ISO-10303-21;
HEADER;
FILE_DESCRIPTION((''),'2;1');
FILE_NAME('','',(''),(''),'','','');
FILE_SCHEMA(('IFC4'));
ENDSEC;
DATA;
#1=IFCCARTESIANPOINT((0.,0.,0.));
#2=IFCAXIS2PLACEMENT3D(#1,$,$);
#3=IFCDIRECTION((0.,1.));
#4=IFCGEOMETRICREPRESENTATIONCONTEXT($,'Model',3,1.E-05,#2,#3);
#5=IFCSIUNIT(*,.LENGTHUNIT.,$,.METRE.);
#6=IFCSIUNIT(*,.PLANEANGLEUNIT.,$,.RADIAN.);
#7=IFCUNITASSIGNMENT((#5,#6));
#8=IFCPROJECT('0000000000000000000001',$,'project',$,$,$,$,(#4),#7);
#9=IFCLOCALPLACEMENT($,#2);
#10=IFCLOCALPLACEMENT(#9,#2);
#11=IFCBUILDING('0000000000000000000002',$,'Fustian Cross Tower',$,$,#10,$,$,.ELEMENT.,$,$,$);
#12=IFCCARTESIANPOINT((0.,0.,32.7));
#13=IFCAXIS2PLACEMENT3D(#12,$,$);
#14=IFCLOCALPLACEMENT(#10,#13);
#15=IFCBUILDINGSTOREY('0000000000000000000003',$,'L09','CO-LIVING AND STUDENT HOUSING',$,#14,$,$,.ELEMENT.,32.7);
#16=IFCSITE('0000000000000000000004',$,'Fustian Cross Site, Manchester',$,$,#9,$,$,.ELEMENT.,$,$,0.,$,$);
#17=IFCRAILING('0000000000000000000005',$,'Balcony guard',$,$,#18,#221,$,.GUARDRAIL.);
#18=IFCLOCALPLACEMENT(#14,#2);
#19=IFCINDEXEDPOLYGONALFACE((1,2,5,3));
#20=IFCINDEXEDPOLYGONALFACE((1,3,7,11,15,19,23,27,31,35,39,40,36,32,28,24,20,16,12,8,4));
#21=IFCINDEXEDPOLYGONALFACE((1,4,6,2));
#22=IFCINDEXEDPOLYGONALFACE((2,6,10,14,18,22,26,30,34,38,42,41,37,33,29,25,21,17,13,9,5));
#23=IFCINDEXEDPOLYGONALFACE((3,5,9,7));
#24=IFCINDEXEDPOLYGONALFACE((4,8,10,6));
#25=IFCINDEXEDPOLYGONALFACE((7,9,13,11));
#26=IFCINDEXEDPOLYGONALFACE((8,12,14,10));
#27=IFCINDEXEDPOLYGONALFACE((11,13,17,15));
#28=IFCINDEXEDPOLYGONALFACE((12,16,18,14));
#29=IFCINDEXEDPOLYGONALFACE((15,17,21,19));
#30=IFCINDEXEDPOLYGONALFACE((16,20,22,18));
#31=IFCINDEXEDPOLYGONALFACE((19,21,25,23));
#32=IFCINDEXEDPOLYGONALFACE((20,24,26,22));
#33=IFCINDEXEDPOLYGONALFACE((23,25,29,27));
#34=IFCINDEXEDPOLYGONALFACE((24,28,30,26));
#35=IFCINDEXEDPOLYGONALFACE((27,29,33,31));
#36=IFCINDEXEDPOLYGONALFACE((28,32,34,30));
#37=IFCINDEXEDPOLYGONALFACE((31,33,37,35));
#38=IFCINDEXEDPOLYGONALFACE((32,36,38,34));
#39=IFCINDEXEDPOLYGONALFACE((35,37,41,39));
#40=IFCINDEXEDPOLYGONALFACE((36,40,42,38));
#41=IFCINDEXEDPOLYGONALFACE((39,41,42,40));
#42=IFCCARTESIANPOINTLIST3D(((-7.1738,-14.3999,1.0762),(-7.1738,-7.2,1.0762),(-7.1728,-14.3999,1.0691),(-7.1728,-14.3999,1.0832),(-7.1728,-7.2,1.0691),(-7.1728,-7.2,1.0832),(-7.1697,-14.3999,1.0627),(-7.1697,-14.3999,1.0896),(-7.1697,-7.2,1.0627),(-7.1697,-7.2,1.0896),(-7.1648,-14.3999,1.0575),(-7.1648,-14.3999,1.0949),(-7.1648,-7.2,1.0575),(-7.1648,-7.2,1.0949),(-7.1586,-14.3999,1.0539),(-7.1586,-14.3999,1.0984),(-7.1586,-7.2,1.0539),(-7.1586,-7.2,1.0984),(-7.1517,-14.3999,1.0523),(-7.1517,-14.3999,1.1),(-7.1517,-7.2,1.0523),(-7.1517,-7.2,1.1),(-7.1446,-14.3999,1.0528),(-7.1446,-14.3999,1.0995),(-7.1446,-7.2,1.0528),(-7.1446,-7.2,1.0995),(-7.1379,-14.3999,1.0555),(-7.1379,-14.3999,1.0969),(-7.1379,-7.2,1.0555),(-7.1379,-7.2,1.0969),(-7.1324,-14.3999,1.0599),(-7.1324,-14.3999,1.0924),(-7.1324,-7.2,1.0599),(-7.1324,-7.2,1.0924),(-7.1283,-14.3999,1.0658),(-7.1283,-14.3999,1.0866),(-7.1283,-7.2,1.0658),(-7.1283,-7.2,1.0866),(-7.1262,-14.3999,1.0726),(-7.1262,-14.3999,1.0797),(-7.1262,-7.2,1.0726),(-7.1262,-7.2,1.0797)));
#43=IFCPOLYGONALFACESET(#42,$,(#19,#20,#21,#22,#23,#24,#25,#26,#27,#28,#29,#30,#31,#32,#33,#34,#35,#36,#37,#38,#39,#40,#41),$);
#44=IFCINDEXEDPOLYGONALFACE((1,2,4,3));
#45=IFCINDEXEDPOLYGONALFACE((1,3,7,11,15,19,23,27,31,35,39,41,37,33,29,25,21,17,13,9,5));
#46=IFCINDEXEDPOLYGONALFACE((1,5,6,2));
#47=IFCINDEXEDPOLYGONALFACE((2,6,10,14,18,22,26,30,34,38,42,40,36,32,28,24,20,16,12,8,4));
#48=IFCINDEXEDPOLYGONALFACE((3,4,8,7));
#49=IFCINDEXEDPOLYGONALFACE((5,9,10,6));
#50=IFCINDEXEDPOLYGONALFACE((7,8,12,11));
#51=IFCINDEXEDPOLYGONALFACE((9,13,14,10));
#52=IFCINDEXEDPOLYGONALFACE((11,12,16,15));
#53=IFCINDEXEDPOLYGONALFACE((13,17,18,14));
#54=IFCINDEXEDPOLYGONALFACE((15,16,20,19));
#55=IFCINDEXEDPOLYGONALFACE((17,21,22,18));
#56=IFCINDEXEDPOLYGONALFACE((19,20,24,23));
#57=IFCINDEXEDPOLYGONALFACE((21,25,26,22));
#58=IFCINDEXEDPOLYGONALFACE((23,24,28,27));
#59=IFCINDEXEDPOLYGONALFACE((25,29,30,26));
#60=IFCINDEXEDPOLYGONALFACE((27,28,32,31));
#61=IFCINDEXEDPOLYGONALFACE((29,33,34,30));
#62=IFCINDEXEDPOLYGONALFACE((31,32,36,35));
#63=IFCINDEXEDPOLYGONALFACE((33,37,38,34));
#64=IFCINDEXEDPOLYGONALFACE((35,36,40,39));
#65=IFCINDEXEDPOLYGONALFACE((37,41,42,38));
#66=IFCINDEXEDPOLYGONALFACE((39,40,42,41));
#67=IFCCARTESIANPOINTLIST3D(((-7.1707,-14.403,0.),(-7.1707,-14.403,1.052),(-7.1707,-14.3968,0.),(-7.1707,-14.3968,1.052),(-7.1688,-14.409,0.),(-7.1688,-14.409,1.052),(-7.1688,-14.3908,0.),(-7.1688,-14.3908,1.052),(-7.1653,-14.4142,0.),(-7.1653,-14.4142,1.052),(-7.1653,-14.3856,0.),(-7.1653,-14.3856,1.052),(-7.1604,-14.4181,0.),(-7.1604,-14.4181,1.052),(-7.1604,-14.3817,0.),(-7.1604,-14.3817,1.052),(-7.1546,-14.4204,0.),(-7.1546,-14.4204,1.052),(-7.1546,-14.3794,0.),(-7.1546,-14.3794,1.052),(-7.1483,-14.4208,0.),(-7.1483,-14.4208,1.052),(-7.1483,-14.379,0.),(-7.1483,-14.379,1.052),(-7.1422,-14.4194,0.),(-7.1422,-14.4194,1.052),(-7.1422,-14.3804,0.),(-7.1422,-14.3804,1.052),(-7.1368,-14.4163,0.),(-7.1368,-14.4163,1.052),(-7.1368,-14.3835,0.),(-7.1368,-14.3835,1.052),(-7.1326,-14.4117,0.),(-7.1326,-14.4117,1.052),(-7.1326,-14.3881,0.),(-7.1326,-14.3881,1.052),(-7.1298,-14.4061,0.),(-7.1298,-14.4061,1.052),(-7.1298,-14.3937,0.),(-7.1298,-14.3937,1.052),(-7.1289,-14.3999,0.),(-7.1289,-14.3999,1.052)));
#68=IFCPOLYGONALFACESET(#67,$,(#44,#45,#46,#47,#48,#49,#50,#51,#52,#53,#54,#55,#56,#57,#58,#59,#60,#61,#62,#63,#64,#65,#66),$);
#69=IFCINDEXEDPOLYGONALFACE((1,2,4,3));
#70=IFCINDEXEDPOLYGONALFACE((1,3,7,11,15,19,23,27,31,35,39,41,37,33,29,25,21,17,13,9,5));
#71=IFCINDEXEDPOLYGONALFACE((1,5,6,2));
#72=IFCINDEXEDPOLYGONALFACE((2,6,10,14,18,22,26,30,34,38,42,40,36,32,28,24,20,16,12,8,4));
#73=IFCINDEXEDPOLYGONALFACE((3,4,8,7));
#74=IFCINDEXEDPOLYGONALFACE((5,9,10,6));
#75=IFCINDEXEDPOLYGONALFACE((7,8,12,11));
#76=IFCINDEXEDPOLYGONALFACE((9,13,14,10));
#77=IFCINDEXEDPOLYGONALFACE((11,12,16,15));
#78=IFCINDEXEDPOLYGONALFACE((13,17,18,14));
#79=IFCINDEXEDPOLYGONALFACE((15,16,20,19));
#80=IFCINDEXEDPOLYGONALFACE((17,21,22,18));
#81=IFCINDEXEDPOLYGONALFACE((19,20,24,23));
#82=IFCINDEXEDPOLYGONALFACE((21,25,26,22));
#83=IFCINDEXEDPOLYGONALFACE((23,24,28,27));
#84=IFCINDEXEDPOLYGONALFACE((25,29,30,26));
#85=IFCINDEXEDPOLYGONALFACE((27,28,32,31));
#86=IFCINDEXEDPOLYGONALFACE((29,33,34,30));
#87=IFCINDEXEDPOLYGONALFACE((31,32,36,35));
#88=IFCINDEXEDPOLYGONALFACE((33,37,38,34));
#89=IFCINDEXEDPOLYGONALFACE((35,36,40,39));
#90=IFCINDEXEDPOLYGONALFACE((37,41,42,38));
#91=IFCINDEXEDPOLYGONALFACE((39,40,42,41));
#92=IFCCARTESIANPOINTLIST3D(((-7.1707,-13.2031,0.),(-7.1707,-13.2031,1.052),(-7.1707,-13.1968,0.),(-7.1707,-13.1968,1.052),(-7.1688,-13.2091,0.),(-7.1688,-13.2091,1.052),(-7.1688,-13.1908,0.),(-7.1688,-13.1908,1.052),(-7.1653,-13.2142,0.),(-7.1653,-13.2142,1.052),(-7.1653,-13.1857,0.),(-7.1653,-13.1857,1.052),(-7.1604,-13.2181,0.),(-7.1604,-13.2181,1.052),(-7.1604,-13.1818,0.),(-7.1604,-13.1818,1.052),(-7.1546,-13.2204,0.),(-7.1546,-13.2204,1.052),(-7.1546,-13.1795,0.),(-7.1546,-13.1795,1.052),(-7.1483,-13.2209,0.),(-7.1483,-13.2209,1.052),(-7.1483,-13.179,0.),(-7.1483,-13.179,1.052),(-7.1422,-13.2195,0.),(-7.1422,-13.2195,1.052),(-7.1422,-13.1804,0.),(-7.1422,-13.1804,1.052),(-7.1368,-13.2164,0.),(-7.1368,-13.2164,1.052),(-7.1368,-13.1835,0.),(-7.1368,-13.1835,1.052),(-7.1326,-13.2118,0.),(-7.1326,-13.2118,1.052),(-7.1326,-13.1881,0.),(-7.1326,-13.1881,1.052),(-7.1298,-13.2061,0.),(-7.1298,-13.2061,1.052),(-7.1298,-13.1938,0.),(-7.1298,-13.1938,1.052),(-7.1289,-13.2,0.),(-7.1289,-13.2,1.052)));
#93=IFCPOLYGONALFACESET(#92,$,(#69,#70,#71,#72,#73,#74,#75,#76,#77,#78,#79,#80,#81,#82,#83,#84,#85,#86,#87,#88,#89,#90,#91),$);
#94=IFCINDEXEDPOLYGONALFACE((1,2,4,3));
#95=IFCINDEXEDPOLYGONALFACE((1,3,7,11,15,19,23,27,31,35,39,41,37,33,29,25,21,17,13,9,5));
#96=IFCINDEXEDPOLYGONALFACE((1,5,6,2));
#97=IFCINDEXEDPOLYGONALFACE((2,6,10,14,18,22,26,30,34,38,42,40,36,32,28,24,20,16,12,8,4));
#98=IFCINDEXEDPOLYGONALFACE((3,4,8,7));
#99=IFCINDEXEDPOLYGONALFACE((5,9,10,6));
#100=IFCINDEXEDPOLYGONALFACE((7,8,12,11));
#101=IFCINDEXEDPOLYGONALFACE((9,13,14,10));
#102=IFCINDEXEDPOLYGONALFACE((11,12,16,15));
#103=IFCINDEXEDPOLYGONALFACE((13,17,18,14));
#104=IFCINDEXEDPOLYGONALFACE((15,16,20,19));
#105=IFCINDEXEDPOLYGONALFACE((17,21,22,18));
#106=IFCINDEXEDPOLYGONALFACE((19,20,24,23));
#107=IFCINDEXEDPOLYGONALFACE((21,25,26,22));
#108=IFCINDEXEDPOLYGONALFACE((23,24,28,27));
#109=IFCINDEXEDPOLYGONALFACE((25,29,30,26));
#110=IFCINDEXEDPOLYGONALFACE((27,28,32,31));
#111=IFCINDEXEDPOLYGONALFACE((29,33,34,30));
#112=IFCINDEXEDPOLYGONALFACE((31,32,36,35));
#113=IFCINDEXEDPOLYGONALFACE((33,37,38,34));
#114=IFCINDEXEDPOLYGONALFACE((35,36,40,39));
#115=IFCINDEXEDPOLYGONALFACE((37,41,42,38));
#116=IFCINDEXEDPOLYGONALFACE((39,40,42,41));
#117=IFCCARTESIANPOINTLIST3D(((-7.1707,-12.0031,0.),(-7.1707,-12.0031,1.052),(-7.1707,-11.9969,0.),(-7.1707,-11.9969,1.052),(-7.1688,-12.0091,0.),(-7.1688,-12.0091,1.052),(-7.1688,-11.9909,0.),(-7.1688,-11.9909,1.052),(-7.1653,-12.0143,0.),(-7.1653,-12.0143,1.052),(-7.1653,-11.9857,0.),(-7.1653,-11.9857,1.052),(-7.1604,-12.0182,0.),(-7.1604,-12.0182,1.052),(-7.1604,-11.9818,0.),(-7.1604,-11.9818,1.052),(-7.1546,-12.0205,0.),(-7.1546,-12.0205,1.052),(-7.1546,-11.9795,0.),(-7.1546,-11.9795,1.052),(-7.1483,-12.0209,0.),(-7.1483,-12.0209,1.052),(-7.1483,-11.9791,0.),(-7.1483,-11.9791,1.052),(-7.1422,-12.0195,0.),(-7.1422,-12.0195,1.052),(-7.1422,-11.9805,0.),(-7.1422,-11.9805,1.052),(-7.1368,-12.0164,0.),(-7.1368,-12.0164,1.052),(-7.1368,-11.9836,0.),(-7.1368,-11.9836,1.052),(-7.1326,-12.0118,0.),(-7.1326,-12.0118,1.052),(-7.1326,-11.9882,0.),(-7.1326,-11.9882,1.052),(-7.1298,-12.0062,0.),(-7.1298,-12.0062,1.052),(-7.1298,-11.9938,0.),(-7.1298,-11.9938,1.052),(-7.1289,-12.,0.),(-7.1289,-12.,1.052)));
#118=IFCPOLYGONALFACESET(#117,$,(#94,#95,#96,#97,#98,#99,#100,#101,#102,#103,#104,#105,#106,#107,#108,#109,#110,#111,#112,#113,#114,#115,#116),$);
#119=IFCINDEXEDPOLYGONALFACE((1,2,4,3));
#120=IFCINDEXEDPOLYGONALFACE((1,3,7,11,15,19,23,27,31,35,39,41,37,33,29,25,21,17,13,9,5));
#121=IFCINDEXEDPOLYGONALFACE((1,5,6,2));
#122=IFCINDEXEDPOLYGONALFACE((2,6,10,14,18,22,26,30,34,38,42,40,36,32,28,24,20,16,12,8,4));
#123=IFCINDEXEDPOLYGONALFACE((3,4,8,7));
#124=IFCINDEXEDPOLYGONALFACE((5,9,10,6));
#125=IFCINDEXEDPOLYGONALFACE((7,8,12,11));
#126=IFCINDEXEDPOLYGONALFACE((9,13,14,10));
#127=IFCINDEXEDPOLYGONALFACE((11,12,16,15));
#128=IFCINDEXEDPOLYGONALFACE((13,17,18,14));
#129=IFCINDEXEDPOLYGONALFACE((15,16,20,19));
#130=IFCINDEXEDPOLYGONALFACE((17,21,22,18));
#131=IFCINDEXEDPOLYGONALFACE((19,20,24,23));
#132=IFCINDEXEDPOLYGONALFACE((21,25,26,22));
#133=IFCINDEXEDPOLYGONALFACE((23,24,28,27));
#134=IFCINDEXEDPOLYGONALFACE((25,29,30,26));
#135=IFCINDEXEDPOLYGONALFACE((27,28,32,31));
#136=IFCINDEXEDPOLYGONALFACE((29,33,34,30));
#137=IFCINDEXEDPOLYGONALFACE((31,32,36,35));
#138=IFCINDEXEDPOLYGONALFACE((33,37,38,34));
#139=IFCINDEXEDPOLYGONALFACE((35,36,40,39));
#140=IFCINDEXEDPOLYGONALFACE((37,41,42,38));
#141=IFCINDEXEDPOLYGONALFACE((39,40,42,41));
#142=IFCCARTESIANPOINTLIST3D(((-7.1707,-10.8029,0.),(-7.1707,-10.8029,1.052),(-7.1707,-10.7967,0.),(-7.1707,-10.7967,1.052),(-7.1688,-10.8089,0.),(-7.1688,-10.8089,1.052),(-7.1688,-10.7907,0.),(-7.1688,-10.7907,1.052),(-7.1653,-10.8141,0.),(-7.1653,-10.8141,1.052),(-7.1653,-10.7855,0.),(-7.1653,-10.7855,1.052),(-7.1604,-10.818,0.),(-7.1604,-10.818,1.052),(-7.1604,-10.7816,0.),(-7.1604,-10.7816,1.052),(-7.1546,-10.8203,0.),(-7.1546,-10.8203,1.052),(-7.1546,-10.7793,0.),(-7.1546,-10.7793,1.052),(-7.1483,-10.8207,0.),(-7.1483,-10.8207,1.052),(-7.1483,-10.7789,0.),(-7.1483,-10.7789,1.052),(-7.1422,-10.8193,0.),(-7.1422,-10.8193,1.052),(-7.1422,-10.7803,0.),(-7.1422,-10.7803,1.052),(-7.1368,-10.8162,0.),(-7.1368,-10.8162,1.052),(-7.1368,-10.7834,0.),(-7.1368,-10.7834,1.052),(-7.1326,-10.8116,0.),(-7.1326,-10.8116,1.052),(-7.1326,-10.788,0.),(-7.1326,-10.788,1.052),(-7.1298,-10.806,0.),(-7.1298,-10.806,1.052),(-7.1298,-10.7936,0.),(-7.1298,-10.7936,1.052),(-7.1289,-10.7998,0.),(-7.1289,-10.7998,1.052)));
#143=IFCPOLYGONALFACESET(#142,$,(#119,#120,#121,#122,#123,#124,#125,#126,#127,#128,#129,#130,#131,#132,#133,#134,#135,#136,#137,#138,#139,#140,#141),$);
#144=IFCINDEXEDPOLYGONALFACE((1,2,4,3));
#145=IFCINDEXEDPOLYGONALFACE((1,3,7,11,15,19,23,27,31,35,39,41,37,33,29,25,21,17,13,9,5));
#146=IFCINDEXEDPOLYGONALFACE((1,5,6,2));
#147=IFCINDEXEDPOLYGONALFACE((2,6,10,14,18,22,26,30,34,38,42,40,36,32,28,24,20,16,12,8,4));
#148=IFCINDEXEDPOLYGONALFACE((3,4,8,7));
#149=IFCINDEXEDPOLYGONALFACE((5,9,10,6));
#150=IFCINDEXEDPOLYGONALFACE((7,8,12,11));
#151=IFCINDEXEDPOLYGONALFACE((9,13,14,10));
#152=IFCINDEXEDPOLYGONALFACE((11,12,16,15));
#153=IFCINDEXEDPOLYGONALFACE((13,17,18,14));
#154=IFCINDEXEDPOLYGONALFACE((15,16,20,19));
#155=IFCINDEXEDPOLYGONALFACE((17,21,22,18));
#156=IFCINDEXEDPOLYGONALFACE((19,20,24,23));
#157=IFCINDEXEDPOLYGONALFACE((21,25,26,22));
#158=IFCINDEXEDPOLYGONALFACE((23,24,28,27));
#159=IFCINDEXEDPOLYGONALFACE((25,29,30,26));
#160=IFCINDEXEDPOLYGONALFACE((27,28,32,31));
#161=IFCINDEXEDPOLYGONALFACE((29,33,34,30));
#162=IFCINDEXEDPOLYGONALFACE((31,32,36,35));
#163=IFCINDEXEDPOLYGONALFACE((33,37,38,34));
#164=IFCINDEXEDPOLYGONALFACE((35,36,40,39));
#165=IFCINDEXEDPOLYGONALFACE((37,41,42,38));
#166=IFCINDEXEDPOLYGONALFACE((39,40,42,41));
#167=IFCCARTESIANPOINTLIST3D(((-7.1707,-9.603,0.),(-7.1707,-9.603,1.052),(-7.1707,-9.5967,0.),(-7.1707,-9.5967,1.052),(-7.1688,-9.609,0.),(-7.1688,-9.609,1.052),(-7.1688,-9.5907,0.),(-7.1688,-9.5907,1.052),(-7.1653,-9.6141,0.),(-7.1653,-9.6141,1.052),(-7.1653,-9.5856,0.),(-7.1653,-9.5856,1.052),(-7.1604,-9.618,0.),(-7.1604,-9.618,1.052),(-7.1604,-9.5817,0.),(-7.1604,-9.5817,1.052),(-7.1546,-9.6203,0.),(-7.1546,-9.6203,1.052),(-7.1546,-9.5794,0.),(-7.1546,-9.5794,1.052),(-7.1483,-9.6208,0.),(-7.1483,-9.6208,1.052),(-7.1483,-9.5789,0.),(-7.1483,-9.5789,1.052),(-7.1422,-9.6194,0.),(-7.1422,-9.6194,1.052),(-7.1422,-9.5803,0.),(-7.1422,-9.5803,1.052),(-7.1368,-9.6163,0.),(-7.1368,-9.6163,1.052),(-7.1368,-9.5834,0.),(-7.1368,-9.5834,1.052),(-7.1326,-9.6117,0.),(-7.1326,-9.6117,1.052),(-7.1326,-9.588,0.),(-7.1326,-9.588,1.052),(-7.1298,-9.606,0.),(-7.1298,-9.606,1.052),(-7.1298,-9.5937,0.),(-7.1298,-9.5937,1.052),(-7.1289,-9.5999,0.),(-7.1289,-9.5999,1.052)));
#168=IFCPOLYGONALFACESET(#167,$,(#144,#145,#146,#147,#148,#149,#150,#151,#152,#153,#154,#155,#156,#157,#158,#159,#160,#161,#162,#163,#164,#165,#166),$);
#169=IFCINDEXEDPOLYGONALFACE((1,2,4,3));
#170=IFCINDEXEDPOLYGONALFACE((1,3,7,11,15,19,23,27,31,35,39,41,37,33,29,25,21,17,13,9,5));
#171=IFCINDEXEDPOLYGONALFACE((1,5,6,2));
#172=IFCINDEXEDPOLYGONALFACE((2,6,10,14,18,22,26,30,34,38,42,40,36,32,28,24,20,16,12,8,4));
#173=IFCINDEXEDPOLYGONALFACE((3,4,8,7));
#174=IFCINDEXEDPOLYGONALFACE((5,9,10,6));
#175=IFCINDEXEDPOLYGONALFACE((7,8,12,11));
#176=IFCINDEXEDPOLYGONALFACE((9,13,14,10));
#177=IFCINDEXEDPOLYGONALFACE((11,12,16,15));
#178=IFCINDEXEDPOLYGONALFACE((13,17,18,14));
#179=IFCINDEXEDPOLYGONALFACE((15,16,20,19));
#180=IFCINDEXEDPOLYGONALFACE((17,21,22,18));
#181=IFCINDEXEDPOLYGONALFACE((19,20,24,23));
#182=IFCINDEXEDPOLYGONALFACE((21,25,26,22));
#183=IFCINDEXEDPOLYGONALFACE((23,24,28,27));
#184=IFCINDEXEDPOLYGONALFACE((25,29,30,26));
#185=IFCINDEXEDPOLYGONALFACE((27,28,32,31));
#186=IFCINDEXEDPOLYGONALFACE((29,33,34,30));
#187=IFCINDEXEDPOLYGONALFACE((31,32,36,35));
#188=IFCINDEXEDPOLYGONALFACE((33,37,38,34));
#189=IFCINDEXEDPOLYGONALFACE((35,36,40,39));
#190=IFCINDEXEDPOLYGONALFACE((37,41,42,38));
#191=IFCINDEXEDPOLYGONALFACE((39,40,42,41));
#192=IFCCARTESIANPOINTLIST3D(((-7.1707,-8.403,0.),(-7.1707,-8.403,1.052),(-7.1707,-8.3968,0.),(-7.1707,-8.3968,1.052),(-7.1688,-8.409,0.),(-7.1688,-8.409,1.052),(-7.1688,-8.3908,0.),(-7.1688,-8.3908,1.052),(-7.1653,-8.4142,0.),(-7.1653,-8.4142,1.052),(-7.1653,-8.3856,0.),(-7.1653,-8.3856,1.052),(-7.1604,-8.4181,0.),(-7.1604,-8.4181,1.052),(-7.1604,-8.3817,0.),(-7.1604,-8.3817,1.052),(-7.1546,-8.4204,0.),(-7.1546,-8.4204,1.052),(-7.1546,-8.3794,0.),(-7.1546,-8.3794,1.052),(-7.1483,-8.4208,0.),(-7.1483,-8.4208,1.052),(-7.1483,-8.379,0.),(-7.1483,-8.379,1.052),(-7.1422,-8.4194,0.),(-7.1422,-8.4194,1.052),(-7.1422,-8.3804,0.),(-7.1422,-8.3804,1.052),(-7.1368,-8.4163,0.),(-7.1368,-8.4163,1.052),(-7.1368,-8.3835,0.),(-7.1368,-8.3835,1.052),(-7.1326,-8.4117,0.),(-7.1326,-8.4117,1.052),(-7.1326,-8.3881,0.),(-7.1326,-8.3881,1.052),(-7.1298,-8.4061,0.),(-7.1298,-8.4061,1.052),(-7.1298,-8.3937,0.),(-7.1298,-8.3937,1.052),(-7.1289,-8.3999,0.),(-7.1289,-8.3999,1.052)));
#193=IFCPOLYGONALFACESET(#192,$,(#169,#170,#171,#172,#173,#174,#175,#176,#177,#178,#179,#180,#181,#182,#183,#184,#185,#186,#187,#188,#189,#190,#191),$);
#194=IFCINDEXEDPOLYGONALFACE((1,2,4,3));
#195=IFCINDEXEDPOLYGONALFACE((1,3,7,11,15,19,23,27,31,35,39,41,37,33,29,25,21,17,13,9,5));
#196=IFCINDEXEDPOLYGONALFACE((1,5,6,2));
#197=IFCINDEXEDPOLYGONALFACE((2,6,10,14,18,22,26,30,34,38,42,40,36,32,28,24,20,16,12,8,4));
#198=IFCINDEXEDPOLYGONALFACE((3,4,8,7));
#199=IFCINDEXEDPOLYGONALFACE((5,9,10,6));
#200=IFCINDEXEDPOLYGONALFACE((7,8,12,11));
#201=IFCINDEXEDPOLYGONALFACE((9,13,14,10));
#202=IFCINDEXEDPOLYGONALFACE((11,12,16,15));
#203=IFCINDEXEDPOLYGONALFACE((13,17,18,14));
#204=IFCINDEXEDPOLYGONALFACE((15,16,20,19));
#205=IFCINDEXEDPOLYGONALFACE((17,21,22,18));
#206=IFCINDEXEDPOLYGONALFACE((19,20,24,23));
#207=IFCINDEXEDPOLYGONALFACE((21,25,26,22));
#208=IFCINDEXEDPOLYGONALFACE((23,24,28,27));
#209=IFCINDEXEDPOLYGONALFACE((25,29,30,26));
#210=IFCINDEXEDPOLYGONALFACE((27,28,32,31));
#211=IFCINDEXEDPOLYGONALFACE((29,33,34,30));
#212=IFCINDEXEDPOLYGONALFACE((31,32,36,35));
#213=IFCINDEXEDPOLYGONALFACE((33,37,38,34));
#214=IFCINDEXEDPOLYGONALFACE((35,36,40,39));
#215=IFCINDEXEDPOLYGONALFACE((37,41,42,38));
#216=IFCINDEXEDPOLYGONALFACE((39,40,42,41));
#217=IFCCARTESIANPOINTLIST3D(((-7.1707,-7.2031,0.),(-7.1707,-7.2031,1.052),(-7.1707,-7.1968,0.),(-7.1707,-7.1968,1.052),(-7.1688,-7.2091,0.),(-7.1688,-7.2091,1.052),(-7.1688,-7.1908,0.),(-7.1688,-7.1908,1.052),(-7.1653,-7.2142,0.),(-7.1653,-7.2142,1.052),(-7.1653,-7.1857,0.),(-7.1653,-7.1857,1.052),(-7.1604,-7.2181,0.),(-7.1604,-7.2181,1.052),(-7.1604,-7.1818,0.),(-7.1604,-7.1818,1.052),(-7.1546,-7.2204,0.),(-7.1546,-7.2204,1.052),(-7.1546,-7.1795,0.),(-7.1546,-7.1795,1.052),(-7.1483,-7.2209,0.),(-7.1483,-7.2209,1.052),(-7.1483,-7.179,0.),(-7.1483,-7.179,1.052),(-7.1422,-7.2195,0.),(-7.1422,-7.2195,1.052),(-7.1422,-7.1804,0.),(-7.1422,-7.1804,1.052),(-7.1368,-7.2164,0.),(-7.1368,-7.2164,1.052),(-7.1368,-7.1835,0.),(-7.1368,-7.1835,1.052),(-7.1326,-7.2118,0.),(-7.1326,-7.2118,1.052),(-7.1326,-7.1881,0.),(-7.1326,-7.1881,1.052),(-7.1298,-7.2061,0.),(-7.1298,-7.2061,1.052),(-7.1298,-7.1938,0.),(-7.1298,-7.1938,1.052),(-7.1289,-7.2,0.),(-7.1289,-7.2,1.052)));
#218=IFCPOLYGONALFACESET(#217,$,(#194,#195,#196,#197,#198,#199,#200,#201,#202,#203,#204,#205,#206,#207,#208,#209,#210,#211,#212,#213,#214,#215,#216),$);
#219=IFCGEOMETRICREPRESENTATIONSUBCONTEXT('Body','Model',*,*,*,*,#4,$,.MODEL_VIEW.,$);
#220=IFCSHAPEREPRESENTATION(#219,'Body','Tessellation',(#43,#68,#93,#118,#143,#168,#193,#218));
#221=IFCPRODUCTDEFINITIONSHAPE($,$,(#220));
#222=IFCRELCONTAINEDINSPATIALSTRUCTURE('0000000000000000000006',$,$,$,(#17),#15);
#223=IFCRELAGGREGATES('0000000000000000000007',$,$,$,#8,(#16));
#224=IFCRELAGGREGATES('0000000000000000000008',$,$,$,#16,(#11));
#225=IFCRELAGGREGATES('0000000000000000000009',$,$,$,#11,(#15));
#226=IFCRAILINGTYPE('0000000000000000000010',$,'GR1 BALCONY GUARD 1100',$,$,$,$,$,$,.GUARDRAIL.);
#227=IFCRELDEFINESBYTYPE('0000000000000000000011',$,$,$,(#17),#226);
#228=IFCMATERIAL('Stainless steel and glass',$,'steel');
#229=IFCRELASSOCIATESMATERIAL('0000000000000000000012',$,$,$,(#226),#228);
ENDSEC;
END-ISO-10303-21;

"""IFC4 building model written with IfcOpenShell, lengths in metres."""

from ifc_helpers import new_model, si_unit, direction, frame, origin, origin_2d, place, context, subcontext, project, spatial, circle, extrude, material, type_object, element, save


model = new_model("IFC4")

# Units and contexts
model_context = context("Model", 3, precision=1e-05, world=origin(), true_north=direction((0.0, 1.0)))
body_context = subcontext(model_context, "Body", "Model", "MODEL_VIEW")
ifc_project = project(units=[si_unit("LENGTHUNIT", "METRE"), si_unit("PLANEANGLEUNIT", "RADIAN")], contexts=[model_context])

# Site, building, storey
site_placement = place(None, origin())
site = spatial("IfcSite", under=ifc_project, at=site_placement, Name="Fustian Cross Site, Manchester", CompositionType="ELEMENT", RefElevation=0.0)
building_placement = place(site_placement, origin())
building = spatial("IfcBuilding", under=site, at=building_placement, Name="Fustian Cross Tower", CompositionType="ELEMENT")
storey_placement = place(building_placement, frame((0.0, 0.0, 32.7)))
storey = spatial("IfcBuildingStorey", under=building, at=storey_placement, Name="L09", Description="CO-LIVING AND STUDENT HOUSING", CompositionType="ELEMENT", Elevation=32.7)

# Railing
ifc_material_1 = material(Name="Stainless steel and glass", Category="steel")
railing_type = type_object("IfcRailingType", Name="GR1 BALCONY GUARD 1100", PredefinedType="GUARDRAIL", material=ifc_material_1)
railing_placement = place(storey_placement, frame((-7.1499, -14.3999, 0.0)))
element("IfcRailing", 1, at=railing_placement, inside=storey, type_object=railing_type, Name="Balcony guard", PredefinedType="GUARDRAIL", context=body_context, shape_type="SweptSolid", body=[
    extrude(circle(Radius=0.0239, at=origin_2d()), frame((0.0, 0.0, 1.0762), z_axis=(0.0, 1.0, 0.0), x_axis=(-1.0, 0.0, 0.0)), (0.0, 0.0, 1.0), 7.2),
    extrude(circle(Radius=0.021, at=origin_2d()), origin(), (0.0, 0.0, 1.0), 1.052),
    extrude(circle(Radius=0.021, at=origin_2d()), frame((0.0, 1.2, 0.0)), (0.0, 0.0, 1.0), 1.052),
    extrude(circle(Radius=0.021, at=origin_2d()), frame((0.0, 2.3999, 0.0)), (0.0, 0.0, 1.0), 1.052),
    extrude(circle(Radius=0.021, at=origin_2d()), frame((0.0, 3.6001, 0.0)), (0.0, 0.0, 1.0), 1.052),
    extrude(circle(Radius=0.021, at=origin_2d()), frame((0.0, 4.8, 0.0)), (0.0, 0.0, 1.0), 1.052),
    extrude(circle(Radius=0.021, at=origin_2d()), frame((0.0, 6.0, 0.0)), (0.0, 0.0, 1.0), 1.052),
    extrude(circle(Radius=0.021, at=origin_2d()), frame((0.0, 7.2, 0.0)), (0.0, 0.0, 1.0), 1.052),
])

save(model, "model.ifc")
